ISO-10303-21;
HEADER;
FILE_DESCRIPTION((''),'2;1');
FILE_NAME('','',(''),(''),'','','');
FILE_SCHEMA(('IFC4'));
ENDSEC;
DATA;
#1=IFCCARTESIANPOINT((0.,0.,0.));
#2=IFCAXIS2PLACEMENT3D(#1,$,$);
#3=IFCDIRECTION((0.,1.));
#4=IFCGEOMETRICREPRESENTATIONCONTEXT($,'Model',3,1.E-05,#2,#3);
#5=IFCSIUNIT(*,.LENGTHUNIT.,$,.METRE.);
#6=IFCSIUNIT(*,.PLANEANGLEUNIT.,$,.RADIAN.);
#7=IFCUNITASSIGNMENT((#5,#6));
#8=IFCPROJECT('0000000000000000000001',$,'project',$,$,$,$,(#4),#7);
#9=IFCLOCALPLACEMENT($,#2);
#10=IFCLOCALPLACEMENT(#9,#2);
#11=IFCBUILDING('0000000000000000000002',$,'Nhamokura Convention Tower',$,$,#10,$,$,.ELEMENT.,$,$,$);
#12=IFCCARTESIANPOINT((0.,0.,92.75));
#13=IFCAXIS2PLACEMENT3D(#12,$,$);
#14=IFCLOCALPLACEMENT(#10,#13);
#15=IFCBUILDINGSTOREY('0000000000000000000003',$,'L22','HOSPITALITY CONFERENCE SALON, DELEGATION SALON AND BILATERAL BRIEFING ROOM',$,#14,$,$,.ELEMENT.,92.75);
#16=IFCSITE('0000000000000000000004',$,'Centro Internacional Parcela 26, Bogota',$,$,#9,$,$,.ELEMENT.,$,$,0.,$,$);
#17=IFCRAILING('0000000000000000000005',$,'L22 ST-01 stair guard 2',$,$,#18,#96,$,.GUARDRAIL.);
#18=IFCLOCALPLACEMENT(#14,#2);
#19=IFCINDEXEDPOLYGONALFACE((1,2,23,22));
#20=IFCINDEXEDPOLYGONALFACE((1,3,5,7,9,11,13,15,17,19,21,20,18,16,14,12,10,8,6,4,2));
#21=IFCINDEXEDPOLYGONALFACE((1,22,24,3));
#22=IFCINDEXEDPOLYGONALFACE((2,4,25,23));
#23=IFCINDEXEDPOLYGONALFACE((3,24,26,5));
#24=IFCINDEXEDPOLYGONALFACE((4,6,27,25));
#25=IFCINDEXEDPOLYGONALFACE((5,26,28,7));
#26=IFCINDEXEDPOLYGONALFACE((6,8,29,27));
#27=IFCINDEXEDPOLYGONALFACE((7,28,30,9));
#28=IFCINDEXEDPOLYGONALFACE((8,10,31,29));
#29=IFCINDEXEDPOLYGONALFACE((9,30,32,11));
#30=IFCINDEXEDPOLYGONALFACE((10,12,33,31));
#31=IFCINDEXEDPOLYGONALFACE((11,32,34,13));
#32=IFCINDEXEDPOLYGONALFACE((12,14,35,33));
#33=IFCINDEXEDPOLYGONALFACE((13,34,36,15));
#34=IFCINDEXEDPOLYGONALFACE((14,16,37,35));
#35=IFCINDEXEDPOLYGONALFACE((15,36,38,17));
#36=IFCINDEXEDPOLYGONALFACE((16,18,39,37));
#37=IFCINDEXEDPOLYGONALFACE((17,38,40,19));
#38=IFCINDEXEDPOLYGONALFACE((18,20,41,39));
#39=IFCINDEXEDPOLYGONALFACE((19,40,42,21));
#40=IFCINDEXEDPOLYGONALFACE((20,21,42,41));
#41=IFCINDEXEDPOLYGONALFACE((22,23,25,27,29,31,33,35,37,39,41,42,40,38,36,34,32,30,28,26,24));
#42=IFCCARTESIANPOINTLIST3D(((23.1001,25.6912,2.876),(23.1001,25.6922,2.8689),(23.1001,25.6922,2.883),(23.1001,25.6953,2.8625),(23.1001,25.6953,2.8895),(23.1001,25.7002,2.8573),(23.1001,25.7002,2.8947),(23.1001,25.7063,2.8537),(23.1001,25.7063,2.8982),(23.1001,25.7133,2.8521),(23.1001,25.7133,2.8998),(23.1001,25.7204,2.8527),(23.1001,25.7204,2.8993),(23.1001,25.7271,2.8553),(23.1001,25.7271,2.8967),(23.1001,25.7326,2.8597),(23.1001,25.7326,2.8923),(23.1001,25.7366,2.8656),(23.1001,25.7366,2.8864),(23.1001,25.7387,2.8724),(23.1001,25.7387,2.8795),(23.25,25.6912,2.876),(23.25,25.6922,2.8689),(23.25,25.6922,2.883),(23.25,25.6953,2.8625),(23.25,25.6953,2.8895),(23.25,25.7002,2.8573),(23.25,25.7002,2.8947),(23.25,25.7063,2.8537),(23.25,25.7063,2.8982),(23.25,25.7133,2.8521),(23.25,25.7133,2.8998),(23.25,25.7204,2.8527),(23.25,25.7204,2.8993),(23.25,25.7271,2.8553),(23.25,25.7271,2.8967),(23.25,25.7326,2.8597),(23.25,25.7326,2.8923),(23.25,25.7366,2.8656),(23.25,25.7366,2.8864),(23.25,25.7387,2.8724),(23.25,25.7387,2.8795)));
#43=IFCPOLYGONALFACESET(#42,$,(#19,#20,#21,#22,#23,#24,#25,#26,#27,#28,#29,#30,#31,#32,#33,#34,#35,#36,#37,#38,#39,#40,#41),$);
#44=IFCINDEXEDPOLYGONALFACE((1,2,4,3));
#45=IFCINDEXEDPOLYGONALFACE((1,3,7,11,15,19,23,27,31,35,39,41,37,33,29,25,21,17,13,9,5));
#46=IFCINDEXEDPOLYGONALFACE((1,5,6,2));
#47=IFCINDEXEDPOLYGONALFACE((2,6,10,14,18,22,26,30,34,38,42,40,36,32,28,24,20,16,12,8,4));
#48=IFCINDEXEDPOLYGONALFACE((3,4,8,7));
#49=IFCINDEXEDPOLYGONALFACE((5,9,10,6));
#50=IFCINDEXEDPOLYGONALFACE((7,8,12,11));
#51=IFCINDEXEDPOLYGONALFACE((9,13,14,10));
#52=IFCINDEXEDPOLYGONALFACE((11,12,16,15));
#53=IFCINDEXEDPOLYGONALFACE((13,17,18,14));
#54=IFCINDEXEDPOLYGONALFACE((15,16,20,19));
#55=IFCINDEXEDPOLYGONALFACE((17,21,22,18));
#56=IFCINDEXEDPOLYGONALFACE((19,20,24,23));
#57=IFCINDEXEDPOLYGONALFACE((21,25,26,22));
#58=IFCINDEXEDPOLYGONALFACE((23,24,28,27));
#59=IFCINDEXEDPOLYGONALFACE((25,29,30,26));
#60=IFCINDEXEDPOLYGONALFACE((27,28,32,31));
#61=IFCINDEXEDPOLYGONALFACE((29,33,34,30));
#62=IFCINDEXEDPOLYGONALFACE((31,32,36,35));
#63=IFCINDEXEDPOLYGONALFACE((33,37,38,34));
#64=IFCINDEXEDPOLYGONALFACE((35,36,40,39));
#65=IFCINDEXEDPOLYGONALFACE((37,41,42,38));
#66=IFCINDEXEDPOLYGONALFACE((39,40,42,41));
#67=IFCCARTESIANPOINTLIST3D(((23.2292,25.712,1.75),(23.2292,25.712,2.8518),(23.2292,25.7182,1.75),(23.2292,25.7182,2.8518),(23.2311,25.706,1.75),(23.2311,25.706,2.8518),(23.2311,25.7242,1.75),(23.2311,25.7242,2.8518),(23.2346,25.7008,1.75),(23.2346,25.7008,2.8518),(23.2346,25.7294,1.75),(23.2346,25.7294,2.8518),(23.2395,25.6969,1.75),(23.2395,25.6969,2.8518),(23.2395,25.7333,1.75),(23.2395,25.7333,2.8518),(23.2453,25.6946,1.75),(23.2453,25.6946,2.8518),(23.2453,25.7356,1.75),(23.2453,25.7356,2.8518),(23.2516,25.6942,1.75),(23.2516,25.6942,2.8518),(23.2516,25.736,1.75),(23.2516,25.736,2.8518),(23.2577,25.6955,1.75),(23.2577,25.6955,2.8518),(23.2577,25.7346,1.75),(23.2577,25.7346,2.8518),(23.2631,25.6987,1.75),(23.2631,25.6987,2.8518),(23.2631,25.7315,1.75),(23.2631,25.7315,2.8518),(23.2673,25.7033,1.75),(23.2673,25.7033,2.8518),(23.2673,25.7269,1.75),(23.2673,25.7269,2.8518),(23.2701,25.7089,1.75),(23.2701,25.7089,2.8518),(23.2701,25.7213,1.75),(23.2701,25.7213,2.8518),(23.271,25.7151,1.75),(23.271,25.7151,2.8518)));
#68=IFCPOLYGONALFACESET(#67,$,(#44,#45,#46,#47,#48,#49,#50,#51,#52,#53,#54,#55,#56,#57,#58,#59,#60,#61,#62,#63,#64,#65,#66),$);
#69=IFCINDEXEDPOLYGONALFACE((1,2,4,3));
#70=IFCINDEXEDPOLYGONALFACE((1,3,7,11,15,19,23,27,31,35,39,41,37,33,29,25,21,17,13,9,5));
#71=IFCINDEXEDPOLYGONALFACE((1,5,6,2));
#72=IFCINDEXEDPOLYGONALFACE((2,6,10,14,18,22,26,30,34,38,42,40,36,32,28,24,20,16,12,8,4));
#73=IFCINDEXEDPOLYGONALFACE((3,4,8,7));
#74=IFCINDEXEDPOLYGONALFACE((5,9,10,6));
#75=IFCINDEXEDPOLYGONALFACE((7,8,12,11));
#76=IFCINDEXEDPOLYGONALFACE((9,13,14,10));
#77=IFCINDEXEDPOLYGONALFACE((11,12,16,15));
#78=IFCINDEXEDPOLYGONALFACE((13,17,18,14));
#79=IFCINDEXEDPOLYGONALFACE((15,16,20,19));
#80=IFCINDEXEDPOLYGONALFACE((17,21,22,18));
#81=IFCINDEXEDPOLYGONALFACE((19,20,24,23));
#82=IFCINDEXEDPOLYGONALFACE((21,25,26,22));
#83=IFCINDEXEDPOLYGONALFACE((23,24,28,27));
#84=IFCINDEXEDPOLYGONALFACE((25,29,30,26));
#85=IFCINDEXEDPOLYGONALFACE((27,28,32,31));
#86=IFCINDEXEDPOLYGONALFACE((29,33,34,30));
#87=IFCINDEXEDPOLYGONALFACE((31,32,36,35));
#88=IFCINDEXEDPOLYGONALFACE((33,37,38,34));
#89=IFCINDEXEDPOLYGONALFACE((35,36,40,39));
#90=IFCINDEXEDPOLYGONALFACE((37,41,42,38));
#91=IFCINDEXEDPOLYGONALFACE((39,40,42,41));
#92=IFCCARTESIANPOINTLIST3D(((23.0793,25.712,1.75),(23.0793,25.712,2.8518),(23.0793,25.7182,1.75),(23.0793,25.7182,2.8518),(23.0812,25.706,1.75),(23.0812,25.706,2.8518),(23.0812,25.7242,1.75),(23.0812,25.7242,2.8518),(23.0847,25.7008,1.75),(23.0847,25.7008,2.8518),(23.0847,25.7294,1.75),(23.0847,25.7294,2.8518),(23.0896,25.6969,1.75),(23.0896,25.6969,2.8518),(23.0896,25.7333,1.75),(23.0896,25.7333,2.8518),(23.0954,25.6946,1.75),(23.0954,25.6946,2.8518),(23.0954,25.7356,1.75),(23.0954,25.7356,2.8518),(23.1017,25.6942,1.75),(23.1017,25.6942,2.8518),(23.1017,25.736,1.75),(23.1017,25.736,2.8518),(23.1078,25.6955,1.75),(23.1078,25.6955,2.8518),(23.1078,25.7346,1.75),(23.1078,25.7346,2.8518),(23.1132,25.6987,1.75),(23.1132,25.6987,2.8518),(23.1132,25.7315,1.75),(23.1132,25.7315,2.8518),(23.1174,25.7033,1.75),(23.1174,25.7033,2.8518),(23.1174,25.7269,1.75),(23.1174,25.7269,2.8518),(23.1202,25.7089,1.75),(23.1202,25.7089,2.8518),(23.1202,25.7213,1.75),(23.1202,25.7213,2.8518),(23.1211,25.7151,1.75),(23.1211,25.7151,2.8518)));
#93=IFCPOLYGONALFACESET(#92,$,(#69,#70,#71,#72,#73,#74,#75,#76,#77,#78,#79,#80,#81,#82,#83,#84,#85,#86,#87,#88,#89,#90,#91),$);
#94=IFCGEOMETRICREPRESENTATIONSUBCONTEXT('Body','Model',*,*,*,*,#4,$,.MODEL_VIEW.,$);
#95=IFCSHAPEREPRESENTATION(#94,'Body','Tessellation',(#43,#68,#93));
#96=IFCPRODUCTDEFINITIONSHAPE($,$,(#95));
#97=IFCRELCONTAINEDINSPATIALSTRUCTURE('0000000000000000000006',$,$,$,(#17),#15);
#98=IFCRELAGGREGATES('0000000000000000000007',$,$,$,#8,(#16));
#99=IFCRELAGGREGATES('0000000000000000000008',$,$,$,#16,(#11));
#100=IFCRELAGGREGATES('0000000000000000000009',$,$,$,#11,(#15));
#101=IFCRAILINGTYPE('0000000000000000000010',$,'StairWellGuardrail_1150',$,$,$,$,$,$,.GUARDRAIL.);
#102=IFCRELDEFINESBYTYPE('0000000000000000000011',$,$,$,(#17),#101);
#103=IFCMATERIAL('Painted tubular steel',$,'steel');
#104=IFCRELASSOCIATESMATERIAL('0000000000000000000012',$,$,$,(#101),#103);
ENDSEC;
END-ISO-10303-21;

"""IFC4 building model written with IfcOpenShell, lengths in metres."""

from ifc_helpers import new_model, si_unit, direction, frame, origin, origin_2d, place, context, subcontext, project, spatial, circle, extrude, material, type_object, element, save


model = new_model("IFC4")

# Units and contexts
model_context = context("Model", 3, precision=1e-05, world=origin(), true_north=direction((0.0, 1.0)))
body_context = subcontext(model_context, "Body", "Model", "MODEL_VIEW")
ifc_project = project(units=[si_unit("LENGTHUNIT", "METRE"), si_unit("PLANEANGLEUNIT", "RADIAN")], contexts=[model_context])

# Site, building, storey
site_placement = place(None, origin())
site = spatial("IfcSite", under=ifc_project, at=site_placement, Name="Centro Internacional Parcela 26, Bogota", CompositionType="ELEMENT", RefElevation=0.0)
building_placement = place(site_placement, origin())
building = spatial("IfcBuilding", under=site, at=building_placement, Name="Nhamokura Convention Tower", CompositionType="ELEMENT")
storey_placement = place(building_placement, frame((0.0, 0.0, 92.75)))
storey = spatial("IfcBuildingStorey", under=building, at=storey_placement, Name="L22", Description="HOSPITALITY CONFERENCE SALON, DELEGATION SALON AND BILATERAL BRIEFING ROOM", CompositionType="ELEMENT", Elevation=92.75)

# Railing
ifc_material_1 = material(Name="Painted tubular steel", Category="steel")
railing_type_1 = type_object("IfcRailingType", Name="StairWellGuardrail_1150", PredefinedType="GUARDRAIL", material=ifc_material_1)
railing_1_placement = place(storey_placement, frame((23.25, 25.7151, 1.75)))
element("IfcRailing", 1, at=railing_1_placement, inside=storey, type_object=railing_type_1, Name="L22 ST-01 stair guard 2", PredefinedType="GUARDRAIL", context=body_context, shape_type="SweptSolid", body=[
    extrude(circle(Radius=0.0239, at=origin_2d()), frame((0.0, 0.0, 1.126), z_axis=(-1.0, 0.0, 0.0), x_axis=(0.0, -1.0, 0.0)), (0.0, 0.0, 1.0), 0.1499),
    extrude(circle(Radius=0.021, at=origin_2d()), origin(), (0.0, 0.0, 1.0), 1.1018),
    extrude(circle(Radius=0.021, at=origin_2d()), frame((-0.1499, 0.0, 0.0)), (0.0, 0.0, 1.0), 1.1018),
])

save(model, "model.ifc")
